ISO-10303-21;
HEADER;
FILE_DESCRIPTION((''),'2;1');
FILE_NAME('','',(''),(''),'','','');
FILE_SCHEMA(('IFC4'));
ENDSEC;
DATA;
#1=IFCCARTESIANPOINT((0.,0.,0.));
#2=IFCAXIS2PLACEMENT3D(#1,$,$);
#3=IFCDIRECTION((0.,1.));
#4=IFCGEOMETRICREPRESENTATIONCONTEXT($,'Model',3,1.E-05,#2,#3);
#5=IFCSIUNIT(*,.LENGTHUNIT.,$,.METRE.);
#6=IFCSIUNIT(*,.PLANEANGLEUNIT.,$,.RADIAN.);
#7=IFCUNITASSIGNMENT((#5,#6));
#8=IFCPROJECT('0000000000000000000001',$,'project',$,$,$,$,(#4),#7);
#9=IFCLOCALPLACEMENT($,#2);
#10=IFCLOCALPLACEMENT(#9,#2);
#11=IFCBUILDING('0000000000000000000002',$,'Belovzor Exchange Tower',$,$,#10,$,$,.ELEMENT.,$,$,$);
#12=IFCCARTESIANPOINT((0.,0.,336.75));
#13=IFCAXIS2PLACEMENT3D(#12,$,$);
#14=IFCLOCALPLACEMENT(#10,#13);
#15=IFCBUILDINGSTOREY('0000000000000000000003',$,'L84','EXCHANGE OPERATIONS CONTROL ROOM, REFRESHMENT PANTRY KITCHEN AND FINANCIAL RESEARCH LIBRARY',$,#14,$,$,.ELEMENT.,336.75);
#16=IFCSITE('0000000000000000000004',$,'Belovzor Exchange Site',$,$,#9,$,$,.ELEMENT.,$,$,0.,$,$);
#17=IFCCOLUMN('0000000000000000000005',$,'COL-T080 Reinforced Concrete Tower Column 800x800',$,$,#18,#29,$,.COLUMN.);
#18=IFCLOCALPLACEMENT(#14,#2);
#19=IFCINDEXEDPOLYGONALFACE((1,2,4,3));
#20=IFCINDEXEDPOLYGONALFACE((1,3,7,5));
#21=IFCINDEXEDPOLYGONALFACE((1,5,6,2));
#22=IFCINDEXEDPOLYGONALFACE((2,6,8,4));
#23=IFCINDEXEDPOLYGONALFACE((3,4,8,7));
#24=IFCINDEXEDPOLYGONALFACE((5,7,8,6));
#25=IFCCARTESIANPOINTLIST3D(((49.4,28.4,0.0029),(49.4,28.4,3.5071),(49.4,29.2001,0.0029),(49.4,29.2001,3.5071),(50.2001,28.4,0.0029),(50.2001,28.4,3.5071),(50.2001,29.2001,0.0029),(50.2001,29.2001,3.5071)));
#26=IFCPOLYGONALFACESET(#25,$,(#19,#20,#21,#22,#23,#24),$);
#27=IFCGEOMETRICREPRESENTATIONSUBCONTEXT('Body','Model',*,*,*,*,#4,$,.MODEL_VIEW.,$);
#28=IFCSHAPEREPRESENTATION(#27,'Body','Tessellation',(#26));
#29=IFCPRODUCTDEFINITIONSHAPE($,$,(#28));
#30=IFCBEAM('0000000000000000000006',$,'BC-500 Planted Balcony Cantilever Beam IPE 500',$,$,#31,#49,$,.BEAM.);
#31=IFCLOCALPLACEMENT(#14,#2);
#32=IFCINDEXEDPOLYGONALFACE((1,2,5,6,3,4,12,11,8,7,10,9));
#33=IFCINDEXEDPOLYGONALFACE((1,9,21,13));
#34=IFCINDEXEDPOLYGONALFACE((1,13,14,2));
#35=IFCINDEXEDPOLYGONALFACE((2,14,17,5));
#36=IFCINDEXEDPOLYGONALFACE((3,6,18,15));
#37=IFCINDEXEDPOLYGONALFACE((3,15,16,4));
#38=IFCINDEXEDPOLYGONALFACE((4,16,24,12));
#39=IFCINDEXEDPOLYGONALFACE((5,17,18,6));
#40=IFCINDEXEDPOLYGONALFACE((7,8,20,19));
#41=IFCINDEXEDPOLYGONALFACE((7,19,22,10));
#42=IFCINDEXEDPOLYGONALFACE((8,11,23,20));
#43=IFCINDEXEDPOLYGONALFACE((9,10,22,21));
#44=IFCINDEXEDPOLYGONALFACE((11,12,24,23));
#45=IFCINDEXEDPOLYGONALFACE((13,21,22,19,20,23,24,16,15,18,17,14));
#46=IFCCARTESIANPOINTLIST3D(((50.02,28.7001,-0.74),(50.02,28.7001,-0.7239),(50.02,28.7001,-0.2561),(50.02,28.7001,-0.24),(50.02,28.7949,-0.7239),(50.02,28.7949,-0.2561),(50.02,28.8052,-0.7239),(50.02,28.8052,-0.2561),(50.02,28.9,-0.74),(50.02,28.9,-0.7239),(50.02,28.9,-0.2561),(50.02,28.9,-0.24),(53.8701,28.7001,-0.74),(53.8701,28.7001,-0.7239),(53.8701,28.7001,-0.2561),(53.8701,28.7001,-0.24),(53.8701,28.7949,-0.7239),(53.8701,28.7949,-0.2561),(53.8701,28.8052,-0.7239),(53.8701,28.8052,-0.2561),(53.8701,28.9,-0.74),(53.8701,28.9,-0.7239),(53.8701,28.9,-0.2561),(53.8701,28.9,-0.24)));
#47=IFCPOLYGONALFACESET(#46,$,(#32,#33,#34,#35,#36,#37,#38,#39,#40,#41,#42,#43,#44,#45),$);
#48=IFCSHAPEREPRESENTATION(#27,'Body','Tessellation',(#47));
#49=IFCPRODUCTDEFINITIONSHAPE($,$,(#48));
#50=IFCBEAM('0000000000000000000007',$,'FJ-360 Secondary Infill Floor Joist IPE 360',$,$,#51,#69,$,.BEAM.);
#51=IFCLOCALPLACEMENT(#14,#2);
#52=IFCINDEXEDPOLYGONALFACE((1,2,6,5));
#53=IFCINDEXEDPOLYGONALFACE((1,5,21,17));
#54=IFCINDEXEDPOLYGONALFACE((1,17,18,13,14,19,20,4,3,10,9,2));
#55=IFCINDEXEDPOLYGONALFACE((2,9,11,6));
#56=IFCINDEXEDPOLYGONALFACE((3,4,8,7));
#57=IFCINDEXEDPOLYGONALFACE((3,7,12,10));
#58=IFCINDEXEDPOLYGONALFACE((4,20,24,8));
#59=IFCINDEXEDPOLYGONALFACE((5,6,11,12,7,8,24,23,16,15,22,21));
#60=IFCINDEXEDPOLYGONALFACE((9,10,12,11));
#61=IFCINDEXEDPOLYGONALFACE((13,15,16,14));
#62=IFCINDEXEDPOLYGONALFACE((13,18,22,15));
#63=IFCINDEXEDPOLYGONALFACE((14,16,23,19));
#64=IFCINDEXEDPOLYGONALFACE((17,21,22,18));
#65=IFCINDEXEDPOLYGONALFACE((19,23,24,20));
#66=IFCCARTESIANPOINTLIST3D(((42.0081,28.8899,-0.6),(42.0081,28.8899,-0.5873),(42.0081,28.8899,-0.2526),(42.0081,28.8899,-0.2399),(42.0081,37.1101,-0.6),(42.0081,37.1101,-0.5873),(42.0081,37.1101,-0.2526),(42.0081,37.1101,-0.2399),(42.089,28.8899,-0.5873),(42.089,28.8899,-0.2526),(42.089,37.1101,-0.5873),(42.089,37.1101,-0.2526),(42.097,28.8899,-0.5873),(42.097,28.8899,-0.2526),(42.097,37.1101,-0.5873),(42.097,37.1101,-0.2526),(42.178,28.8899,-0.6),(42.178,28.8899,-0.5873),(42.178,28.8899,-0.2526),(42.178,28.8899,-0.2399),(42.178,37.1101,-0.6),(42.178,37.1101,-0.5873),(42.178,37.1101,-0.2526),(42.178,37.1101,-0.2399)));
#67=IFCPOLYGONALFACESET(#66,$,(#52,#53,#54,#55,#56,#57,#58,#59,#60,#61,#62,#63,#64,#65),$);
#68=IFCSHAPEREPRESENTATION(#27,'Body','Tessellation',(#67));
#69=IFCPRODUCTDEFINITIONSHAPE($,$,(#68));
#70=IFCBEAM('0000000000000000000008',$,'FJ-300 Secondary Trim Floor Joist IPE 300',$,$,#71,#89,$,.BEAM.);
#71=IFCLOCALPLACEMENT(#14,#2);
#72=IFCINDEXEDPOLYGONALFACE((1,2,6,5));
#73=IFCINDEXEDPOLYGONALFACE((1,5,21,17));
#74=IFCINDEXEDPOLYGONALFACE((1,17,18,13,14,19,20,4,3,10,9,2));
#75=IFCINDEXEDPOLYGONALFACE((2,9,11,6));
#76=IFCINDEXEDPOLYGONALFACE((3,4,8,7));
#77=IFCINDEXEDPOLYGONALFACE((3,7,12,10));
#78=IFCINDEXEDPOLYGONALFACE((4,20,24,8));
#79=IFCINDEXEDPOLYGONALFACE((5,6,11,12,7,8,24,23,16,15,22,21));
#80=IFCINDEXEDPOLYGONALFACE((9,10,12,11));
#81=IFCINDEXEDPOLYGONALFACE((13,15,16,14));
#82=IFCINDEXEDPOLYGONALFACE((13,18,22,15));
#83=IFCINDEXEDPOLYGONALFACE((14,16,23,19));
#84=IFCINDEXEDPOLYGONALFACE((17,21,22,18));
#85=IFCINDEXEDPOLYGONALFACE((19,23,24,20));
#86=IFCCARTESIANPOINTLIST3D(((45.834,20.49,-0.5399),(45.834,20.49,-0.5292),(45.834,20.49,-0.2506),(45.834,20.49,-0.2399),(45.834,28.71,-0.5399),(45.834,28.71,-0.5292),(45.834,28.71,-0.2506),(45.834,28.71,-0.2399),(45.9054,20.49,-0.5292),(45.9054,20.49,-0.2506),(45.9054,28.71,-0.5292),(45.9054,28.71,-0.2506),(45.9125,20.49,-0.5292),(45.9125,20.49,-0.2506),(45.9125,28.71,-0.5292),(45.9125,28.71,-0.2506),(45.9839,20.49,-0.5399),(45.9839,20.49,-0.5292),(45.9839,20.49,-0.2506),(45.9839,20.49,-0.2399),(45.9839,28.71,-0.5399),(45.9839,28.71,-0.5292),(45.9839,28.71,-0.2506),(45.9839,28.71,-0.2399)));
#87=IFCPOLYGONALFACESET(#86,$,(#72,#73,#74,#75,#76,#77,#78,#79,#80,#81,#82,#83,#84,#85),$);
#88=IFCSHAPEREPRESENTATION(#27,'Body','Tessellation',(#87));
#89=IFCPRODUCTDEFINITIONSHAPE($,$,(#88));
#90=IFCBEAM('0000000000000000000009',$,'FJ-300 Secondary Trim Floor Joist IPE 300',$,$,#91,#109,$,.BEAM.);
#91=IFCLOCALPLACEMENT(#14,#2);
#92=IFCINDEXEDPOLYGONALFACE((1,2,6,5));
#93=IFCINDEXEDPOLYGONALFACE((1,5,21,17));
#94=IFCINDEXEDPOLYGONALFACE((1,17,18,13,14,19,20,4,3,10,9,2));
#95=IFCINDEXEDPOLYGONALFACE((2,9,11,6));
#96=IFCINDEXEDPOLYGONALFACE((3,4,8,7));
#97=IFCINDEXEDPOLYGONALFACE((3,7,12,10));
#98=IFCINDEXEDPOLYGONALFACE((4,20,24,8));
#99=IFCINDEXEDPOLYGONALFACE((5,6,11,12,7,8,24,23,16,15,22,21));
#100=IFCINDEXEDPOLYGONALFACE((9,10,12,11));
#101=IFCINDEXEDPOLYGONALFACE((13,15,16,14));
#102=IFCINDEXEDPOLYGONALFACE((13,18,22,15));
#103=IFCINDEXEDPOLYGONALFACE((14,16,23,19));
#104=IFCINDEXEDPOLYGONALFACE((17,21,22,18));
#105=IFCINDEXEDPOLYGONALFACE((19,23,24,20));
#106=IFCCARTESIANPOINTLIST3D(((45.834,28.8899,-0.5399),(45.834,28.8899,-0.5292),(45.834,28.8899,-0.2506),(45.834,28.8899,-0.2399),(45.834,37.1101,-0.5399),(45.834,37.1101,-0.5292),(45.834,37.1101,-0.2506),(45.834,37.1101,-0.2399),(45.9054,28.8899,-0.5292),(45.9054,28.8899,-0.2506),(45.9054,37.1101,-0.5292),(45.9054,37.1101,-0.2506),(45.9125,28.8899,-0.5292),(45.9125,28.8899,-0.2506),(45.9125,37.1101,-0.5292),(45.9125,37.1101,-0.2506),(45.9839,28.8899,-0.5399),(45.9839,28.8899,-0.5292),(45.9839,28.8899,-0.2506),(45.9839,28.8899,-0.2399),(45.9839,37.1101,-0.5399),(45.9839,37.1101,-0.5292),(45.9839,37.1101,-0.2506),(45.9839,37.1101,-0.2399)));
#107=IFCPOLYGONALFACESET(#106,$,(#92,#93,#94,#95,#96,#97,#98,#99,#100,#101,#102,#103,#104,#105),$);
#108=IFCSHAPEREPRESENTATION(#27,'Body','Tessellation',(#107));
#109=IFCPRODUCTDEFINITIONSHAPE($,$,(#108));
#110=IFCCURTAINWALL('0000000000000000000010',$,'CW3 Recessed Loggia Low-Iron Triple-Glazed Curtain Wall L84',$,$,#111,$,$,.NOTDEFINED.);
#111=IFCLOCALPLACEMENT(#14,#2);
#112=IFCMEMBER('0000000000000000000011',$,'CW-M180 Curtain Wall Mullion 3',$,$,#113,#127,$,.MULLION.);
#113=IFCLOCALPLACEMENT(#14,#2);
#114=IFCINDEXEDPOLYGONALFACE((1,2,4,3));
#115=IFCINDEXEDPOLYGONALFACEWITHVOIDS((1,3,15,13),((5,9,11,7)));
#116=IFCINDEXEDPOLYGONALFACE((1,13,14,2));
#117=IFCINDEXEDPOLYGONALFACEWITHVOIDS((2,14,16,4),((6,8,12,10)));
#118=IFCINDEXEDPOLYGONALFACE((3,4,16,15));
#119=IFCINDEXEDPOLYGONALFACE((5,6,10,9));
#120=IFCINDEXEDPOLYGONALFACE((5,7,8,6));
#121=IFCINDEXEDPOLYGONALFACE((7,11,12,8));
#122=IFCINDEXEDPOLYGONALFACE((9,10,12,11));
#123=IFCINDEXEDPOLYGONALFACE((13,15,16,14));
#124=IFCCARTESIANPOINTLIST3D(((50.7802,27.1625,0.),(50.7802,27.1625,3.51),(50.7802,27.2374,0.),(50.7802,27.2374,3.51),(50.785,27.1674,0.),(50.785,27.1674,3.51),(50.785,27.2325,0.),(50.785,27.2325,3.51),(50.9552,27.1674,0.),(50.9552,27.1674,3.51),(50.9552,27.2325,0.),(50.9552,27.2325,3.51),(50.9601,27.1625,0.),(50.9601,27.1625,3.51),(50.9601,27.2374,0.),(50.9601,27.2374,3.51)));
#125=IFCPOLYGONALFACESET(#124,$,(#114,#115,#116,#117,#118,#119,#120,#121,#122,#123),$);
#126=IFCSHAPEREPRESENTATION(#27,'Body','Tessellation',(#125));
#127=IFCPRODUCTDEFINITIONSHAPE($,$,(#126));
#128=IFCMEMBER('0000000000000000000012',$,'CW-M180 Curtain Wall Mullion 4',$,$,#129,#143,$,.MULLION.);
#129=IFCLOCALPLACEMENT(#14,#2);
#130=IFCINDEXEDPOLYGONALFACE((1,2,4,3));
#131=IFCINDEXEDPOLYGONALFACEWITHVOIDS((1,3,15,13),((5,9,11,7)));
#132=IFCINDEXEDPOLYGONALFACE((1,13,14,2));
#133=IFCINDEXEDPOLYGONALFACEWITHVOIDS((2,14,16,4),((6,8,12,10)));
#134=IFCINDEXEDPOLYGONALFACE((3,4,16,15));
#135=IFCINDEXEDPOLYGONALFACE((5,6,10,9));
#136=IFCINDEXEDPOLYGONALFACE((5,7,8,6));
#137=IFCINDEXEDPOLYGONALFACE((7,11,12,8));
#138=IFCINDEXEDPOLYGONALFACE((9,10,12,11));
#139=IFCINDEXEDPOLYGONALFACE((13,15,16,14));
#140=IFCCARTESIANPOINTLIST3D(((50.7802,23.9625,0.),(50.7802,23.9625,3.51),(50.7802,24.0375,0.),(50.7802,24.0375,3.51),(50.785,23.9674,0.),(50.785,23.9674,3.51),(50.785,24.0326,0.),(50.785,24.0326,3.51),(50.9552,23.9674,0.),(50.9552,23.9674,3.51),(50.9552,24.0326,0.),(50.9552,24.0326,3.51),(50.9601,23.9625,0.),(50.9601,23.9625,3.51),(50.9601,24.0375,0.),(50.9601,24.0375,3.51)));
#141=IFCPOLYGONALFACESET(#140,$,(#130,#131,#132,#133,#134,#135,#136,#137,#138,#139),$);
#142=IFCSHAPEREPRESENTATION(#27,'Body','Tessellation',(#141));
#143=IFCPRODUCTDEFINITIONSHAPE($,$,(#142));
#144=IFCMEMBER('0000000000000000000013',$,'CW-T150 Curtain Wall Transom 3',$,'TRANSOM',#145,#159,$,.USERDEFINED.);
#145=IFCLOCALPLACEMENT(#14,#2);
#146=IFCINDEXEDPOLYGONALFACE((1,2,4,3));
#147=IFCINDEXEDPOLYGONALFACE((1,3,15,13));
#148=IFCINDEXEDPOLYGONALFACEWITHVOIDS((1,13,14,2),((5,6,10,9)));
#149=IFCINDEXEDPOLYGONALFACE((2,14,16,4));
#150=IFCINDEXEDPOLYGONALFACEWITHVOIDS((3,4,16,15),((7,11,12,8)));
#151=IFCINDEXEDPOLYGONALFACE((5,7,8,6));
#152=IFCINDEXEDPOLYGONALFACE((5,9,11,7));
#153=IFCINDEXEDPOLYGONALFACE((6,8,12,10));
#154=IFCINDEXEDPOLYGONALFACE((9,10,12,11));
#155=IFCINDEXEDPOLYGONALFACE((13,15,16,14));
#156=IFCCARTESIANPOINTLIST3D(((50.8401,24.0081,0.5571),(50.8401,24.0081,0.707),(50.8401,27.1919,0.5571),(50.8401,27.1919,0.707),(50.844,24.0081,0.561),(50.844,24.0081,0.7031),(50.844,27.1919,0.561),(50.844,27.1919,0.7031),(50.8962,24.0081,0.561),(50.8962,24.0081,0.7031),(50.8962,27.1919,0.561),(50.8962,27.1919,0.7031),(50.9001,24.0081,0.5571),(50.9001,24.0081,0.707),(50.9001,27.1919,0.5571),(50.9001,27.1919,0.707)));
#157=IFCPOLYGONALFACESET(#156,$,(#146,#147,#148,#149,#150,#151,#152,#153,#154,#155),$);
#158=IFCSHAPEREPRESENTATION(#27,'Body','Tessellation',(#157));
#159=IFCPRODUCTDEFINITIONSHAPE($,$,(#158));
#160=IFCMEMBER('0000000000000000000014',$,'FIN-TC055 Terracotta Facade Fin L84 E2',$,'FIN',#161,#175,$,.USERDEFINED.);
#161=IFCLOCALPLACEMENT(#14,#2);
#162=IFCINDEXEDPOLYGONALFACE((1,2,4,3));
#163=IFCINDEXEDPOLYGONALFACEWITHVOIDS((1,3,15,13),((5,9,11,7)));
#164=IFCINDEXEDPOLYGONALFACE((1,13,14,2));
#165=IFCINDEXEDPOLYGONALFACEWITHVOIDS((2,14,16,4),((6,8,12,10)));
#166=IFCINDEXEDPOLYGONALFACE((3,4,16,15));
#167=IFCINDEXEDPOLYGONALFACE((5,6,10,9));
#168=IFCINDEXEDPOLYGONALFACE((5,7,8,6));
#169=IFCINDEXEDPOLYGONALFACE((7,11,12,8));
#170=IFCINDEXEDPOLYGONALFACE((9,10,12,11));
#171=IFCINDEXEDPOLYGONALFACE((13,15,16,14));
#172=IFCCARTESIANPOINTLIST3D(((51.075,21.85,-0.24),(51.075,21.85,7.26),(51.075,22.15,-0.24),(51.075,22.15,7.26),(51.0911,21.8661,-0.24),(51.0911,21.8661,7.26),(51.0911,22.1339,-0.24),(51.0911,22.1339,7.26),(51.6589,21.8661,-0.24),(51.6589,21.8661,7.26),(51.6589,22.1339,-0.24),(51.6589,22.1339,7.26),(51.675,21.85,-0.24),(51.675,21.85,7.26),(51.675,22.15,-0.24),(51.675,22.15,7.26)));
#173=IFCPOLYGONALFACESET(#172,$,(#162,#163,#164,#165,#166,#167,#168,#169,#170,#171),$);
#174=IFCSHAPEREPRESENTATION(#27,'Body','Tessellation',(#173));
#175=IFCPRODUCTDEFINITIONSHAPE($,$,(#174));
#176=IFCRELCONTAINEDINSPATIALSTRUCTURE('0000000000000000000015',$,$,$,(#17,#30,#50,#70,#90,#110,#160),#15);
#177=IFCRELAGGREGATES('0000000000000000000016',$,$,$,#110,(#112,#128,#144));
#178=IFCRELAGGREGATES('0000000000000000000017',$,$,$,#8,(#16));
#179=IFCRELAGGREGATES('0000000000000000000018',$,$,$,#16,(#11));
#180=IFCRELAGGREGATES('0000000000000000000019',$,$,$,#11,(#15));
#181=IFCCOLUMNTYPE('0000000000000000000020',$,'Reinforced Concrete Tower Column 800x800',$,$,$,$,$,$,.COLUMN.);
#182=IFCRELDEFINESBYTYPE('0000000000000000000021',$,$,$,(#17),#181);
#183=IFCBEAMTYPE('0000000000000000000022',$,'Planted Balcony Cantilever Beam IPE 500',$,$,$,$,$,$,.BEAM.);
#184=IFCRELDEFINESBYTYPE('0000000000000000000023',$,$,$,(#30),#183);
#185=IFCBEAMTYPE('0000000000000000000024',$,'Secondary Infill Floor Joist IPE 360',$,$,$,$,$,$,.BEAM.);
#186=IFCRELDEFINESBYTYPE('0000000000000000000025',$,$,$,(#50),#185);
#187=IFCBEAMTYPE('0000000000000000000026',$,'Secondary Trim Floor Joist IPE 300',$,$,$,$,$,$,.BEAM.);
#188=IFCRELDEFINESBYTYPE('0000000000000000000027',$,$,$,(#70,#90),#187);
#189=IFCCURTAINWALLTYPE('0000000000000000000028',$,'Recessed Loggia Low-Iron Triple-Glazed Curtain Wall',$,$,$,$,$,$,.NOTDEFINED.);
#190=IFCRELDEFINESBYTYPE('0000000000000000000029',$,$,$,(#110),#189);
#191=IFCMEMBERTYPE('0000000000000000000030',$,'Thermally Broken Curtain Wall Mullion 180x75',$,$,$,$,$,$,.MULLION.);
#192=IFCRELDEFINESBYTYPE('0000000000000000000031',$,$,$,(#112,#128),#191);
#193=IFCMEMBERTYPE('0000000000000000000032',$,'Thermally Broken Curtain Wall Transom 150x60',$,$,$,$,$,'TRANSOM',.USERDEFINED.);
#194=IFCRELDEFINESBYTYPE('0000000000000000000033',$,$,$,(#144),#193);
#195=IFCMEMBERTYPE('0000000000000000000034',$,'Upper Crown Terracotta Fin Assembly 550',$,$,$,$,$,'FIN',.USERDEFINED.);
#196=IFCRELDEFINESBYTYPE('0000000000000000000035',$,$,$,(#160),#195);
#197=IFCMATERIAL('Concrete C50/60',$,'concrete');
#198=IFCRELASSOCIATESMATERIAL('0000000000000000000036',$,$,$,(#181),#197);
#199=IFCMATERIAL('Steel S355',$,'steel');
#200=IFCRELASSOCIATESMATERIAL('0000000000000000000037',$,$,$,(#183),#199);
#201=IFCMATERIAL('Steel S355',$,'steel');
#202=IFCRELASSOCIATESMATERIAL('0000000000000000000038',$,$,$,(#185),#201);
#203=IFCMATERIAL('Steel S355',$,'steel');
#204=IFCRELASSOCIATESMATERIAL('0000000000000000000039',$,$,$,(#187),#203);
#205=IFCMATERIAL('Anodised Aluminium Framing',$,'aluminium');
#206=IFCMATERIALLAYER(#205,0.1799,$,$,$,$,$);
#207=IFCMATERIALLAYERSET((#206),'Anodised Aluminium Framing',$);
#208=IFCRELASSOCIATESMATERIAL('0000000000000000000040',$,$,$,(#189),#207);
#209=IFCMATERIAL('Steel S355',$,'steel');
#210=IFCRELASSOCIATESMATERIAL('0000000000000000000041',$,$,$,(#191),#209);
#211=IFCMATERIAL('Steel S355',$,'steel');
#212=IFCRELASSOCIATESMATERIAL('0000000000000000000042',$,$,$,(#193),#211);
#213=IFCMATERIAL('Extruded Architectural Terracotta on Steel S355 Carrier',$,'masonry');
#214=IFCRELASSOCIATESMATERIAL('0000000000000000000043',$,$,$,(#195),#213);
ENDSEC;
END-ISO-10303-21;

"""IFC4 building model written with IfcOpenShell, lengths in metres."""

from ifc_helpers import new_model, si_unit, direction, frame, origin, origin_2d, place, context, subcontext, project, spatial, rectangle, hollow_rectangle, i_section, extrude, material, layer, layer_set, material_profile, profile_set, type_object, element, aggregate, save


model = new_model("IFC4")

# Units and contexts
model_context = context("Model", 3, precision=1e-05, world=origin(), true_north=direction((0.0, 1.0)))
body_context = subcontext(model_context, "Body", "Model", "MODEL_VIEW")
ifc_project = project(units=[si_unit("LENGTHUNIT", "METRE"), si_unit("PLANEANGLEUNIT", "RADIAN")], contexts=[model_context])

# Site, building, storey
site_placement = place(None, origin())
site = spatial("IfcSite", under=ifc_project, at=site_placement, Name="Belovzor Exchange Site", CompositionType="ELEMENT", RefElevation=0.0)
building_placement = place(site_placement, origin())
building = spatial("IfcBuilding", under=site, at=building_placement, Name="Belovzor Exchange Tower", CompositionType="ELEMENT")
storey_placement = place(building_placement, frame((0.0, 0.0, 336.75)))
storey = spatial("IfcBuildingStorey", under=building, at=storey_placement, Name="L84", Description="EXCHANGE OPERATIONS CONTROL ROOM, REFRESHMENT PANTRY KITCHEN AND FINANCIAL RESEARCH LIBRARY", CompositionType="ELEMENT", Elevation=336.75)

# Column
ifc_material_1 = material(Name="Concrete C50/60", Category="concrete")
ifc_material_profile_1 = material_profile(ifc_material_1, rectangle(XDim=0.8, YDim=0.8, at=origin_2d()))
ifc_profile_set_1 = profile_set([ifc_material_profile_1], Name="Concrete C50/60")
column_type = type_object("IfcColumnType", Name="Reinforced Concrete Tower Column 800x800", PredefinedType="COLUMN", material=ifc_profile_set_1)
column_placement = place(storey_placement, frame((49.8, 28.8, 0.0029), z_axis=(0.0, 0.0, 1.0), x_axis=(1.0, 0.0, 0.0)))
element("IfcColumn", 1, at=column_placement, inside=storey, type_object=column_type, Name="COL-T080 Reinforced Concrete Tower Column 800x800", PredefinedType="COLUMN", context=body_context, shape_type="SweptSolid", body=[
    extrude(rectangle(XDim=0.8, YDim=0.8, at=origin_2d()), origin(), (0.0, 0.0, 1.0), 3.5042),
])

# Beams
ifc_material_2 = material(Name="Steel S355", Category="steel")
ifc_material_profile_2 = material_profile(ifc_material_2, i_section(OverallWidth=0.2, OverallDepth=0.5, WebThickness=0.0103, FlangeThickness=0.0161, at=origin_2d()))
ifc_profile_set_2 = profile_set([ifc_material_profile_2], Name="Steel S355")
beam_type_1 = type_object("IfcBeamType", Name="Planted Balcony Cantilever Beam IPE 500", PredefinedType="BEAM", material=ifc_profile_set_2)
beam_1_placement = place(storey_placement, frame((50.02, 28.8, -0.49), z_axis=(1.0, 0.0, 0.0), x_axis=(0.0, 1.0, 0.0)))
element("IfcBeam", 2, at=beam_1_placement, inside=storey, type_object=beam_type_1, Name="BC-500 Planted Balcony Cantilever Beam IPE 500", PredefinedType="BEAM", context=body_context, shape_type="SweptSolid", body=[
    extrude(i_section(OverallWidth=0.2, OverallDepth=0.5, WebThickness=0.0103, FlangeThickness=0.0161, at=origin_2d()), origin(), (0.0, 0.0, 1.0), 3.8501),
])
ifc_material_3 = material(Name="Steel S355", Category="steel")
ifc_material_profile_3 = material_profile(ifc_material_3, i_section(OverallWidth=0.1699, OverallDepth=0.3601, WebThickness=0.0081, FlangeThickness=0.0127, at=origin_2d()))
ifc_profile_set_3 = profile_set([ifc_material_profile_3], Name="Steel S355")
beam_type_2 = type_object("IfcBeamType", Name="Secondary Infill Floor Joist IPE 360", PredefinedType="BEAM", material=ifc_profile_set_3)
beam_2_placement = place(storey_placement, frame((42.093, 28.8899, -0.4199), z_axis=(0.0, 1.0, 0.0), x_axis=(-1.0, 0.0, 0.0)))
element("IfcBeam", 3, at=beam_2_placement, inside=storey, type_object=beam_type_2, Name="FJ-360 Secondary Infill Floor Joist IPE 360", PredefinedType="BEAM", context=body_context, shape_type="SweptSolid", body=[
    extrude(i_section(OverallWidth=0.1699, OverallDepth=0.3601, WebThickness=0.0081, FlangeThickness=0.0127, at=origin_2d()), origin(), (0.0, 0.0, 1.0), 8.2202),
])
ifc_material_4 = material(Name="Steel S355", Category="steel")
ifc_material_profile_4 = material_profile(ifc_material_4, i_section(OverallWidth=0.1499, OverallDepth=0.3, WebThickness=0.0071, FlangeThickness=0.0107, at=origin_2d()))
ifc_profile_set_4 = profile_set([ifc_material_profile_4], Name="Steel S355")
beam_type_3 = type_object("IfcBeamType", Name="Secondary Trim Floor Joist IPE 300", PredefinedType="BEAM", material=ifc_profile_set_4)
beam_3_placement = place(storey_placement, frame((45.9089, 20.49, -0.3899), z_axis=(0.0, 1.0, 0.0), x_axis=(-1.0, 0.0, 0.0)))
element("IfcBeam", 4, at=beam_3_placement, inside=storey, type_object=beam_type_3, Name="FJ-300 Secondary Trim Floor Joist IPE 300", PredefinedType="BEAM", context=body_context, shape_type="SweptSolid", body=[
    extrude(i_section(OverallWidth=0.1499, OverallDepth=0.3, WebThickness=0.0071, FlangeThickness=0.0107, at=origin_2d()), origin(), (0.0, 0.0, 1.0), 8.22),
])
beam_4_placement = place(storey_placement, frame((45.9089, 28.8899, -0.3899), z_axis=(0.0, 1.0, 0.0), x_axis=(-1.0, 0.0, 0.0)))
element("IfcBeam", 5, at=beam_4_placement, inside=storey, type_object=beam_type_3, Name="FJ-300 Secondary Trim Floor Joist IPE 300", PredefinedType="BEAM", context=body_context, shape_type="SweptSolid", body=[
    extrude(i_section(OverallWidth=0.1499, OverallDepth=0.3, WebThickness=0.0071, FlangeThickness=0.0107, at=origin_2d()), origin(), (0.0, 0.0, 1.0), 8.2202),
])

# Curtain wall, members
ifc_material_5 = material(Name="Anodised Aluminium Framing", Category="aluminium")
ifc_layer_1 = layer(ifc_material_5, 0.1799)
ifc_layer_set_1 = layer_set([ifc_layer_1], Name="Anodised Aluminium Framing")
curtain_wall_type = type_object("IfcCurtainWallType", Name="Recessed Loggia Low-Iron Triple-Glazed Curtain Wall", PredefinedType="NOTDEFINED", material=ifc_layer_set_1)
curtain_wall_placement = place(storey_placement, origin())
curtain_wall = element("IfcCurtainWall", 6, at=curtain_wall_placement, inside=storey, type_object=curtain_wall_type, Name="CW3 Recessed Loggia Low-Iron Triple-Glazed Curtain Wall L84", PredefinedType="NOTDEFINED")
ifc_material_6 = material(Name="Steel S355", Category="steel")
ifc_material_profile_5 = material_profile(ifc_material_6, hollow_rectangle(XDim=0.075, YDim=0.1799, WallThickness=0.0049, at=origin_2d()))
ifc_profile_set_5 = profile_set([ifc_material_profile_5], Name="Steel S355")
member_type_1 = type_object("IfcMemberType", Name="Thermally Broken Curtain Wall Mullion 180x75", PredefinedType="MULLION", material=ifc_profile_set_5)
member_1_placement = place(storey_placement, frame((50.8701, 27.2, 0.0), z_axis=(0.0, 0.0, 1.0), x_axis=(0.0, -1.0, 0.0)))
member_1 = element("IfcMember", 7, at=member_1_placement, type_object=member_type_1, Name="CW-M180 Curtain Wall Mullion 3", PredefinedType="MULLION", context=body_context, shape_type="SweptSolid", body=[
    extrude(hollow_rectangle(XDim=0.075, YDim=0.1799, WallThickness=0.0049, at=origin_2d()), origin(), (0.0, 0.0, 1.0), 3.51),
])
member_2_placement = place(storey_placement, frame((50.8701, 24.0, 0.0), z_axis=(0.0, 0.0, 1.0), x_axis=(0.0, -1.0, 0.0)))
member_2 = element("IfcMember", 8, at=member_2_placement, type_object=member_type_1, Name="CW-M180 Curtain Wall Mullion 4", PredefinedType="MULLION", context=body_context, shape_type="SweptSolid", body=[
    extrude(hollow_rectangle(XDim=0.075, YDim=0.1799, WallThickness=0.0049, at=origin_2d()), origin(), (0.0, 0.0, 1.0), 3.51),
])
ifc_material_7 = material(Name="Steel S355", Category="steel")
ifc_material_profile_6 = material_profile(ifc_material_7, hollow_rectangle(XDim=0.0601, YDim=0.1499, WallThickness=0.0039, at=origin_2d()))
ifc_profile_set_6 = profile_set([ifc_material_profile_6], Name="Steel S355")
member_type_2 = type_object("IfcMemberType", Name="Thermally Broken Curtain Wall Transom 150x60", ElementType="TRANSOM", PredefinedType="USERDEFINED", material=ifc_profile_set_6)
member_3_placement = place(storey_placement, frame((50.8701, 27.1919, 0.6321), z_axis=(0.0, -1.0, 0.0), x_axis=(1.0, 0.0, 0.0)))
member_3 = element("IfcMember", 9, at=member_3_placement, type_object=member_type_2, Name="CW-T150 Curtain Wall Transom 3", ObjectType="TRANSOM", PredefinedType="USERDEFINED", context=body_context, shape_type="SweptSolid", body=[
    extrude(hollow_rectangle(XDim=0.0601, YDim=0.1499, WallThickness=0.0039, at=origin_2d()), origin(), (0.0, 0.0, 1.0), 3.1838),
])

# Member
ifc_material_8 = material(Name="Extruded Architectural Terracotta on Steel S355 Carrier", Category="masonry")
ifc_material_profile_7 = material_profile(ifc_material_8, hollow_rectangle(XDim=0.3, YDim=0.6001, WallThickness=0.0161, at=origin_2d()))
ifc_profile_set_7 = profile_set([ifc_material_profile_7], Name="Extruded Architectural Terracotta on Steel S355 Carrier")
member_type_3 = type_object("IfcMemberType", Name="Upper Crown Terracotta Fin Assembly 550", ElementType="FIN", PredefinedType="USERDEFINED", material=ifc_profile_set_7)
member_4_placement = place(storey_placement, frame((51.375, 22.0, -0.24), z_axis=(0.0, 0.0, 1.0), x_axis=(0.0, 1.0, 0.0)))
element("IfcMember", 10, at=member_4_placement, inside=storey, type_object=member_type_3, Name="FIN-TC055 Terracotta Facade Fin L84 E2", ObjectType="FIN", PredefinedType="USERDEFINED", context=body_context, shape_type="SweptSolid", body=[
    extrude(hollow_rectangle(XDim=0.3, YDim=0.6001, WallThickness=0.0161, at=origin_2d()), origin(), (0.0, 0.0, 1.0), 7.5),
])

aggregate(curtain_wall, [member_1, member_2, member_3])

save(model, "model.ifc")
